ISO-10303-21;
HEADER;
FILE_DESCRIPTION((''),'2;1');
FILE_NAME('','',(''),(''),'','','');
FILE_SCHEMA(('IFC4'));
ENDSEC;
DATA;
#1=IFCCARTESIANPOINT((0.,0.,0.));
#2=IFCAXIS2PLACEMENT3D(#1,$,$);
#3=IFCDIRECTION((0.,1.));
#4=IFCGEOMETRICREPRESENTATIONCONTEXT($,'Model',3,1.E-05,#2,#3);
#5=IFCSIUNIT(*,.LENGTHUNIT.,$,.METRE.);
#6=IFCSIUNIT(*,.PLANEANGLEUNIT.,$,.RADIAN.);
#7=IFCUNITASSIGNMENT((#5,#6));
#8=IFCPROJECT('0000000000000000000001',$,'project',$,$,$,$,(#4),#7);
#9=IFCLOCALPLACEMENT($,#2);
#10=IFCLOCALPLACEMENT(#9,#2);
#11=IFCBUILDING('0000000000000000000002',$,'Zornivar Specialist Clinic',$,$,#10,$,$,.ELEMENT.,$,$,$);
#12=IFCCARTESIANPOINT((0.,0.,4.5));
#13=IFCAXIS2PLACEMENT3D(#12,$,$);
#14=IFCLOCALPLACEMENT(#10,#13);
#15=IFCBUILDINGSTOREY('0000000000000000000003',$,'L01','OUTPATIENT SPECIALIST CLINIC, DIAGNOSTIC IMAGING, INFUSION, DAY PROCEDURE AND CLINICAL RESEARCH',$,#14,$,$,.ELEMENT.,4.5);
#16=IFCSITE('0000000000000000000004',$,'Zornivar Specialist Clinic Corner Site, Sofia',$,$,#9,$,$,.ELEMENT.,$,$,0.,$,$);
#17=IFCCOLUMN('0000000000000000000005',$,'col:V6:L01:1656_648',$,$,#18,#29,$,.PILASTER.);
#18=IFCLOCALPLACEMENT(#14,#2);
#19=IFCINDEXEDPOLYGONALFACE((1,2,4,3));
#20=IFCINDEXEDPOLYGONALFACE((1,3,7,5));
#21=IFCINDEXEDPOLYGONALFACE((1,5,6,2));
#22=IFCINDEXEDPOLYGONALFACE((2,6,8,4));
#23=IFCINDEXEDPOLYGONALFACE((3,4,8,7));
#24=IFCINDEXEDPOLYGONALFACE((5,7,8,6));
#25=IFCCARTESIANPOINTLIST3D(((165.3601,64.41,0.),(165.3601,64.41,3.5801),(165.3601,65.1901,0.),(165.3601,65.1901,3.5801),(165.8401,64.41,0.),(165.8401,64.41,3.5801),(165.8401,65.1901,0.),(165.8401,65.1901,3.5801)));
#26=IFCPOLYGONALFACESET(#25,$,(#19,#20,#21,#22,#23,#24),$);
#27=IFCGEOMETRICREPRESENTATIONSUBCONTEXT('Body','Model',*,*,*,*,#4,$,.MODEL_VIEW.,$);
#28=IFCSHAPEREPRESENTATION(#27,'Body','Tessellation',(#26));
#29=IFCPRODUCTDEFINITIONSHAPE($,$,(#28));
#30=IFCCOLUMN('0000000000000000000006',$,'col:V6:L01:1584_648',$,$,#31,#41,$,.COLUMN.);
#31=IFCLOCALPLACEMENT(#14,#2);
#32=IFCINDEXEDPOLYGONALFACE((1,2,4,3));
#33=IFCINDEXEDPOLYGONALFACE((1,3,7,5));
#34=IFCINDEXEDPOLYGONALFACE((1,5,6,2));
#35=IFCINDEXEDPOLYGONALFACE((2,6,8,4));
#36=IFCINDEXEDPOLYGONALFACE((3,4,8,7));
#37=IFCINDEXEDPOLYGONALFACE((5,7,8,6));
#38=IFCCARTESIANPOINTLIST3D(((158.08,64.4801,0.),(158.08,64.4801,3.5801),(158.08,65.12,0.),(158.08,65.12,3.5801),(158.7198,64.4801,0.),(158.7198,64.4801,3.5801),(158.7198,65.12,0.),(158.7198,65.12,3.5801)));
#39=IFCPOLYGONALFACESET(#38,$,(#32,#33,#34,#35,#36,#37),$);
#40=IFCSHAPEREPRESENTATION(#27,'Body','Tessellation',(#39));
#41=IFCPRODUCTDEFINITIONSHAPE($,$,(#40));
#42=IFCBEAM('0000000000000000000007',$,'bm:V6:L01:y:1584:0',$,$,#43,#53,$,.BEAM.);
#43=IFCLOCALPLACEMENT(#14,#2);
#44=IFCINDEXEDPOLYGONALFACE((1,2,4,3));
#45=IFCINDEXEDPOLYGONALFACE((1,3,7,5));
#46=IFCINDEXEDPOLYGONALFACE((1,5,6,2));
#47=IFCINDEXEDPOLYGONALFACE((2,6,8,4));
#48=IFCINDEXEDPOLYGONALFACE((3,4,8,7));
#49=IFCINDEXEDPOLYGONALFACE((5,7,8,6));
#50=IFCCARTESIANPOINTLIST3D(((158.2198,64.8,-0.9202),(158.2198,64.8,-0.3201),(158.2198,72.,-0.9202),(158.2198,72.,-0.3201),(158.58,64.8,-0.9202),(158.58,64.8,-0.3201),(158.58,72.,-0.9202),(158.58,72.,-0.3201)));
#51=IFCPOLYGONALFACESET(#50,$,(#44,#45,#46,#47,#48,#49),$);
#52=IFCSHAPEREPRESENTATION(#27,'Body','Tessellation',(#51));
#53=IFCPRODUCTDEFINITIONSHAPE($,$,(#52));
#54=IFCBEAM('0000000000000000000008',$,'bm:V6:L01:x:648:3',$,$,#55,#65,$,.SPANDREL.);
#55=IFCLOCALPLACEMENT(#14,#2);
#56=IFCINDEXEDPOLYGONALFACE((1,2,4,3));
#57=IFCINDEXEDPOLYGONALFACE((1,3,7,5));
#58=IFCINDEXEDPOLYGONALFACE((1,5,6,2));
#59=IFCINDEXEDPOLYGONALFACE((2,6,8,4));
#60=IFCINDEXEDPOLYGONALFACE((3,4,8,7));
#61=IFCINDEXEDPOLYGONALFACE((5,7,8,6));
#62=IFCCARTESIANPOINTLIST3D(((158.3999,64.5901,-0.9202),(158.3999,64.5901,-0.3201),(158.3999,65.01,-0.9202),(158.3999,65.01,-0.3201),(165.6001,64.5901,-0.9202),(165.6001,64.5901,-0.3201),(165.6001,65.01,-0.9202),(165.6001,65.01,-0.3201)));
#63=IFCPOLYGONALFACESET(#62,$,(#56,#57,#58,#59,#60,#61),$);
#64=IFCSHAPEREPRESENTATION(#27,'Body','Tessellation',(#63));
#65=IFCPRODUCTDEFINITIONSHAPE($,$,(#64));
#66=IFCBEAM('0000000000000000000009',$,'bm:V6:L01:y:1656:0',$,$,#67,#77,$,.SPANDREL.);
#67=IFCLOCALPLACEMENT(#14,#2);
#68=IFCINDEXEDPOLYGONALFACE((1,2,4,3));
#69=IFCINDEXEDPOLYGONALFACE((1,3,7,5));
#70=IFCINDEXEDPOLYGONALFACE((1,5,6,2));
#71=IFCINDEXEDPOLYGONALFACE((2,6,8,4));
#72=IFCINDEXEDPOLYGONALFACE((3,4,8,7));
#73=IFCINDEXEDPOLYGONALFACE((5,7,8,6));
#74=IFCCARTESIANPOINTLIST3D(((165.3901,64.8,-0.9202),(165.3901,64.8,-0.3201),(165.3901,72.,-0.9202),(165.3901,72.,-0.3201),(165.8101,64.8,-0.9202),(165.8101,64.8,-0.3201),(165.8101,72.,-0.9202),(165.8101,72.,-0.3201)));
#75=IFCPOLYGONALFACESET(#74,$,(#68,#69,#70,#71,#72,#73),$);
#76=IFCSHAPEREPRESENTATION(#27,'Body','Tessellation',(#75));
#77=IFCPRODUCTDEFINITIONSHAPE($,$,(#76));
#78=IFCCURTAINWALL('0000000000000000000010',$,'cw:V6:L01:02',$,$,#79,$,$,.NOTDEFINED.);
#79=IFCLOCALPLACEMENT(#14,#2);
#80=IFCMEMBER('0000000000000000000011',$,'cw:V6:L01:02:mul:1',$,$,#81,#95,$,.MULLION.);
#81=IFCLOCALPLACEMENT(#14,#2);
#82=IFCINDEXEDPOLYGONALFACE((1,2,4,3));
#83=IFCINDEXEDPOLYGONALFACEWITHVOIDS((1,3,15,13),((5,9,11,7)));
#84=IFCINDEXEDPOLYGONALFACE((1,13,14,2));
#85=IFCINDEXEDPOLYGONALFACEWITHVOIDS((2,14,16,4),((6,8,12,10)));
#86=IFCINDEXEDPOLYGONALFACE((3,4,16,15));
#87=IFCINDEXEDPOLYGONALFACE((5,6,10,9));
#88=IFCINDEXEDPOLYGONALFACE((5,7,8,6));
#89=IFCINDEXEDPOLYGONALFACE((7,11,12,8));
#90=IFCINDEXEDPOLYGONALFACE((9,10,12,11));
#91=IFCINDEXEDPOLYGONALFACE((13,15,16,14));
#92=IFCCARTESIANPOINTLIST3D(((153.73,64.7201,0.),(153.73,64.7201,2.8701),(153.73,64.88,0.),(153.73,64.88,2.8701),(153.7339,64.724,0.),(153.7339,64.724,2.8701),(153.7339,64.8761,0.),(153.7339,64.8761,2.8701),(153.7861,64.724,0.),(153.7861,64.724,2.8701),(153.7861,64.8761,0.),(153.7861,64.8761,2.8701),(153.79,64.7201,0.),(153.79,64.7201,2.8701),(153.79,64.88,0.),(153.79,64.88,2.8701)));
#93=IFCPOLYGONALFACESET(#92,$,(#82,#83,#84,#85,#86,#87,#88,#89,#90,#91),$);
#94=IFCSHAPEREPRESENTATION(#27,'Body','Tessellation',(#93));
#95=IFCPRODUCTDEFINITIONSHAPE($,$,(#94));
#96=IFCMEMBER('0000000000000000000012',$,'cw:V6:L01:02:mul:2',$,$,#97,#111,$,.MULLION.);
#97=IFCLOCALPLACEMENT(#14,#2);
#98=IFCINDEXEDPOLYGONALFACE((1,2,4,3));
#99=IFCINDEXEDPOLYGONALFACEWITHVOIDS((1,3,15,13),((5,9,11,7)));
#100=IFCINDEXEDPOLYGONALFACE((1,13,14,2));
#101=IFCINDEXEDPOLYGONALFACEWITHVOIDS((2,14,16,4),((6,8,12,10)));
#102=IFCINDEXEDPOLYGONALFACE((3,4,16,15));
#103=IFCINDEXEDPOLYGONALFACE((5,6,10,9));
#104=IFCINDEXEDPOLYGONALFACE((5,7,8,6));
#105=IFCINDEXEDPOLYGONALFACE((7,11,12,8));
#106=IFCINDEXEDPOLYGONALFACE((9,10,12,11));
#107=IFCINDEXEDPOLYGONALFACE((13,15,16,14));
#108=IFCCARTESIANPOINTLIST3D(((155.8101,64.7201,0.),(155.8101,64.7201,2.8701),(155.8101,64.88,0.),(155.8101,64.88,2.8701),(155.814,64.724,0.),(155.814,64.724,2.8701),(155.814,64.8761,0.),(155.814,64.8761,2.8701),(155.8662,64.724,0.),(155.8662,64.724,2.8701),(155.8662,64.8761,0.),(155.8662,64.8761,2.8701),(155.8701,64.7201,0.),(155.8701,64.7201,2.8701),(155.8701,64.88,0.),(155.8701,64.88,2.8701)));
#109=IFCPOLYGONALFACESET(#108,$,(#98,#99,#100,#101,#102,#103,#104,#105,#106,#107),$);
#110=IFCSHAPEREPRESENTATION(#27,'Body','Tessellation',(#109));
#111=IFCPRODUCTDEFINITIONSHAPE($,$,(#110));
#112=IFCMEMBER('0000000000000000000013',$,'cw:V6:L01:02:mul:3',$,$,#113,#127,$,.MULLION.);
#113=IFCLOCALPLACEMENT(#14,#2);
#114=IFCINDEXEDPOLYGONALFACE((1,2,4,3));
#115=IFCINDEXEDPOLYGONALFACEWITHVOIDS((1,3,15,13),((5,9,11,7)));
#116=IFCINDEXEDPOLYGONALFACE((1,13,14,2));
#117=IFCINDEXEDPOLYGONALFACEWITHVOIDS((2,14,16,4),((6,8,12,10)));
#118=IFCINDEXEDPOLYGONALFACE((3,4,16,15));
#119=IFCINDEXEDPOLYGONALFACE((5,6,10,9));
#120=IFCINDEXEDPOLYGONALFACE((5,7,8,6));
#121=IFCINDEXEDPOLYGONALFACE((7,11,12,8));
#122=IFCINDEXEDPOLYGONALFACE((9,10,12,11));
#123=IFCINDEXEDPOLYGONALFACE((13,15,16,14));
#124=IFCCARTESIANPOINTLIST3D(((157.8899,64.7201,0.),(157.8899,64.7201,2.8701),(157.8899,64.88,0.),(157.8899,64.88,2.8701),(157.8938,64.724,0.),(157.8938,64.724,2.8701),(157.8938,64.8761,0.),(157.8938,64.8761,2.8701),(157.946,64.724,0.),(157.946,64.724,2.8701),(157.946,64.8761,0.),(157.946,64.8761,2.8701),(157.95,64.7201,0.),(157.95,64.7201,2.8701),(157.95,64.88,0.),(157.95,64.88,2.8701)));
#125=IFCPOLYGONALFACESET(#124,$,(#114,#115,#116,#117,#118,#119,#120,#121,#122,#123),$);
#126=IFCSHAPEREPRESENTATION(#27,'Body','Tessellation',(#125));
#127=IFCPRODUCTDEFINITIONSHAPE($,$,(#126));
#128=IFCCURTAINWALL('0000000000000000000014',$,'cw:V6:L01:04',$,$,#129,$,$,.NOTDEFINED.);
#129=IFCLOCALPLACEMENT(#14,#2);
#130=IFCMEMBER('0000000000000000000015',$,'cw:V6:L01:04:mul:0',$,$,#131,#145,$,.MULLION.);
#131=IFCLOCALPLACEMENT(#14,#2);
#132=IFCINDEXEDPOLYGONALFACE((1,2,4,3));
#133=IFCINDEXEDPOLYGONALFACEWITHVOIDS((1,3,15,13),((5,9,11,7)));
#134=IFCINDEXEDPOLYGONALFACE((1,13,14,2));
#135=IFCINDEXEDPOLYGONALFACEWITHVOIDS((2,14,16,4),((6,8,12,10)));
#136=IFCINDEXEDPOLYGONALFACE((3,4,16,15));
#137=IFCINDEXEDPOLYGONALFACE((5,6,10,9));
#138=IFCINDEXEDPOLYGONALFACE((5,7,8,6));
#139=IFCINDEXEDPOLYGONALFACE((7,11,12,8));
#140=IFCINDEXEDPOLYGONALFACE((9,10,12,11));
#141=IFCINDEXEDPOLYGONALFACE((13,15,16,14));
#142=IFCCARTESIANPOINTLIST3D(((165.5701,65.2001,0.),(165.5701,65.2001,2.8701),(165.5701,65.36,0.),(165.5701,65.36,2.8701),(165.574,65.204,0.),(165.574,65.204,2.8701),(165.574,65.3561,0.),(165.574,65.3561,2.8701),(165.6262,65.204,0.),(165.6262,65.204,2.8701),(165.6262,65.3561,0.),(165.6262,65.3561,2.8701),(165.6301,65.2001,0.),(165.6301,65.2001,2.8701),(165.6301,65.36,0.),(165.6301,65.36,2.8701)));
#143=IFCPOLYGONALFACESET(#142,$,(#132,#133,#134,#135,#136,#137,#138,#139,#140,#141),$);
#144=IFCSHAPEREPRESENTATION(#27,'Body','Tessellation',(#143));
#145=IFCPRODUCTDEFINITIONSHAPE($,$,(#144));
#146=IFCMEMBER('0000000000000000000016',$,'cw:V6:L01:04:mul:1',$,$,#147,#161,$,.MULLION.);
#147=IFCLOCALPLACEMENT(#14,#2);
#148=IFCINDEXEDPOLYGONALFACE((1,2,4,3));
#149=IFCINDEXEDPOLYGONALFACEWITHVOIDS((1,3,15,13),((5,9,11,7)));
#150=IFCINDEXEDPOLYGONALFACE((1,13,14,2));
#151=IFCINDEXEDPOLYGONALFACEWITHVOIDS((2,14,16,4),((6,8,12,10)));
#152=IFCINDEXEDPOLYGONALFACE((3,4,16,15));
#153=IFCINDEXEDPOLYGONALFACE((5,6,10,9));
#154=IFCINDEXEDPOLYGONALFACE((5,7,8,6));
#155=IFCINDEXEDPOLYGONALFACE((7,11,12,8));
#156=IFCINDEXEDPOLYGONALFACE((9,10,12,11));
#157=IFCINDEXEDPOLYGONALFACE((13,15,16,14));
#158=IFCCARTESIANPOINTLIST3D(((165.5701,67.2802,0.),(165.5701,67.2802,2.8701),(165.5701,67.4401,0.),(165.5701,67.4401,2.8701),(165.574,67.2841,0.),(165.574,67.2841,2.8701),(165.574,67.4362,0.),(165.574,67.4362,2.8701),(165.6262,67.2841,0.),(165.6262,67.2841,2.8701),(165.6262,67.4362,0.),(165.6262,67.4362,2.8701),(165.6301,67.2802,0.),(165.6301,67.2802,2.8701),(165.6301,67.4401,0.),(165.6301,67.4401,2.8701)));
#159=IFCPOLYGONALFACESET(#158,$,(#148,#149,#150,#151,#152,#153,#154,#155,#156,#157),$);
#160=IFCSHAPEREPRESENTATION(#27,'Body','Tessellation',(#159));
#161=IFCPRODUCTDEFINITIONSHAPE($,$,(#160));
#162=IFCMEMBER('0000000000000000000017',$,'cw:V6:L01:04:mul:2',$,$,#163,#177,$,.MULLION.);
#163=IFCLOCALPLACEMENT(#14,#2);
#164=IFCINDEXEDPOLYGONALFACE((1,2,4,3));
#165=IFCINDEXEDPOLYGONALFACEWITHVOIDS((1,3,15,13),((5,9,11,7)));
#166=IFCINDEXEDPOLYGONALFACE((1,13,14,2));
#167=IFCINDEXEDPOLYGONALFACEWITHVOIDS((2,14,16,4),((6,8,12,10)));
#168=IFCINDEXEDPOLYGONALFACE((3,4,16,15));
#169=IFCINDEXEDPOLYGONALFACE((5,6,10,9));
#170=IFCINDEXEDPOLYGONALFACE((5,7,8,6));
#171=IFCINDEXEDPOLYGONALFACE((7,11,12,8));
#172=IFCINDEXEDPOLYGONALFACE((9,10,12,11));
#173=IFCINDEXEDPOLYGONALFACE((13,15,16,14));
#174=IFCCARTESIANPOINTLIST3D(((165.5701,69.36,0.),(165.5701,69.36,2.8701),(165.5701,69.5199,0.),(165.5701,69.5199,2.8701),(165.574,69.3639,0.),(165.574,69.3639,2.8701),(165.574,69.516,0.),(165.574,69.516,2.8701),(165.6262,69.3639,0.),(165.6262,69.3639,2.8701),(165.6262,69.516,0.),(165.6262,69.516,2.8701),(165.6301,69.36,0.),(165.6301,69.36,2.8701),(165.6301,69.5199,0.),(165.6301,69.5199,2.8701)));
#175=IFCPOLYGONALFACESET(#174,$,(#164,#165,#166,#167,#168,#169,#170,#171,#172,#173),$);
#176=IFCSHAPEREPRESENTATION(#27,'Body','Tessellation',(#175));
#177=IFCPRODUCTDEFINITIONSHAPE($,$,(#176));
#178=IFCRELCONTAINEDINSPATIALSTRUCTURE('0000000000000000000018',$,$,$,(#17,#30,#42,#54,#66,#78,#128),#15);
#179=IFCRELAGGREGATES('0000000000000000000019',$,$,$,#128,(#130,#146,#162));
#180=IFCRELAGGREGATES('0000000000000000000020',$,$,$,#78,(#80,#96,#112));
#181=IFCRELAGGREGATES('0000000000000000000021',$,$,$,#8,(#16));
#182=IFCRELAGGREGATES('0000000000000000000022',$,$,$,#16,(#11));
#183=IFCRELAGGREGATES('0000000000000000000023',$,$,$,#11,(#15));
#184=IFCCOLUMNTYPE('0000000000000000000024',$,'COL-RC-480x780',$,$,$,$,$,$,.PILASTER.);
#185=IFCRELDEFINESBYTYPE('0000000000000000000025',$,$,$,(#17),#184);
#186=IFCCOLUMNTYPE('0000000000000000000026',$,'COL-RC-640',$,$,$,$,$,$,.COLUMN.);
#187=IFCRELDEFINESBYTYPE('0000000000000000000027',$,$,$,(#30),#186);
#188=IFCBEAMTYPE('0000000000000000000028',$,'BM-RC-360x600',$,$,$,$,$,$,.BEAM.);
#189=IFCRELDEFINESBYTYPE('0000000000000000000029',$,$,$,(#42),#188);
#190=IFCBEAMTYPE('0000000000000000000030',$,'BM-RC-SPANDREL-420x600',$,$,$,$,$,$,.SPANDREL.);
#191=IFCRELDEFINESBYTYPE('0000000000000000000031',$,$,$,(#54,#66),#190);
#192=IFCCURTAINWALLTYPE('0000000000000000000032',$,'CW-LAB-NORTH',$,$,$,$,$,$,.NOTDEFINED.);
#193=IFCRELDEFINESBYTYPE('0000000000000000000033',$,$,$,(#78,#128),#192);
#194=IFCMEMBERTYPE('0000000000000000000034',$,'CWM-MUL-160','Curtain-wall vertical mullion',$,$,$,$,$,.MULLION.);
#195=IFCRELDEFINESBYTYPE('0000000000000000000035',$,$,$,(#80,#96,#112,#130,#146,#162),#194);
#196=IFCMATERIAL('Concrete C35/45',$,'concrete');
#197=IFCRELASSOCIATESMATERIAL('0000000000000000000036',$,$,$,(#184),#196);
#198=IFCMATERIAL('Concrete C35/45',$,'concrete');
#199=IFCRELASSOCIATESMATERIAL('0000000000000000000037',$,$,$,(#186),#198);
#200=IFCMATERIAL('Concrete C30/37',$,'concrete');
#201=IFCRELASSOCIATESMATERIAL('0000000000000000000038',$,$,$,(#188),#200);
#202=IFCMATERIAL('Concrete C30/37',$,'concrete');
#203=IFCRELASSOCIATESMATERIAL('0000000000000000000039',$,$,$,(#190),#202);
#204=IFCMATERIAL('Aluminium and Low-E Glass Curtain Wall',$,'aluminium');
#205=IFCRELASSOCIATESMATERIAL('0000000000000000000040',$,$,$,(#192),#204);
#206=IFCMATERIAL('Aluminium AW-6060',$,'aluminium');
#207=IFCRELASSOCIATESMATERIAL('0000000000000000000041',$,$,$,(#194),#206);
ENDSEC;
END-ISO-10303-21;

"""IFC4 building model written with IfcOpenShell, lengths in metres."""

from ifc_helpers import new_model, si_unit, direction, frame, origin, origin_2d, place, context, subcontext, project, spatial, rectangle, hollow_rectangle, extrude, material, material_profile, profile_set, type_object, element, aggregate, save


model = new_model("IFC4")

# Units and contexts
model_context = context("Model", 3, precision=1e-05, world=origin(), true_north=direction((0.0, 1.0)))
body_context = subcontext(model_context, "Body", "Model", "MODEL_VIEW")
ifc_project = project(units=[si_unit("LENGTHUNIT", "METRE"), si_unit("PLANEANGLEUNIT", "RADIAN")], contexts=[model_context])

# Site, building, storey
site_placement = place(None, origin())
site = spatial("IfcSite", under=ifc_project, at=site_placement, Name="Zornivar Specialist Clinic Corner Site, Sofia", CompositionType="ELEMENT", RefElevation=0.0)
building_placement = place(site_placement, origin())
building = spatial("IfcBuilding", under=site, at=building_placement, Name="Zornivar Specialist Clinic", CompositionType="ELEMENT")
storey_placement = place(building_placement, frame((0.0, 0.0, 4.5)))
storey = spatial("IfcBuildingStorey", under=building, at=storey_placement, Name="L01", Description="OUTPATIENT SPECIALIST CLINIC, DIAGNOSTIC IMAGING, INFUSION, DAY PROCEDURE AND CLINICAL RESEARCH", CompositionType="ELEMENT", Elevation=4.5)

# Columns
ifc_material_1 = material(Name="Concrete C35/45", Category="concrete")
ifc_material_profile_1 = material_profile(ifc_material_1, rectangle(XDim=0.48, YDim=0.78, at=origin_2d()), Name="RC 480x780")
ifc_profile_set_1 = profile_set([ifc_material_profile_1], Name="Concrete C35/45")
column_type_1 = type_object("IfcColumnType", Name="COL-RC-480x780", PredefinedType="PILASTER", material=ifc_profile_set_1)
column_1_placement = place(storey_placement, frame((165.6001, 64.8, 0.0), z_axis=(0.0, 0.0, 1.0), x_axis=(1.0, 0.0, 0.0)))
element("IfcColumn", 1, at=column_1_placement, inside=storey, type_object=column_type_1, Name="col:V6:L01:1656_648", PredefinedType="PILASTER", context=body_context, shape_type="SweptSolid", body=[
    extrude(rectangle(XDim=0.48, YDim=0.78, at=origin_2d()), origin(), (0.0, 0.0, 1.0), 3.5801),
])
ifc_material_2 = material(Name="Concrete C35/45", Category="concrete")
ifc_material_profile_2 = material_profile(ifc_material_2, rectangle(XDim=0.6399, YDim=0.6399, at=origin_2d()), Name="RC 640x640")
ifc_profile_set_2 = profile_set([ifc_material_profile_2], Name="Concrete C35/45")
column_type_2 = type_object("IfcColumnType", Name="COL-RC-640", PredefinedType="COLUMN", material=ifc_profile_set_2)
column_2_placement = place(storey_placement, frame((158.3999, 64.8, 0.0), z_axis=(0.0, 0.0, 1.0), x_axis=(1.0, 0.0, 0.0)))
element("IfcColumn", 2, at=column_2_placement, inside=storey, type_object=column_type_2, Name="col:V6:L01:1584_648", PredefinedType="COLUMN", context=body_context, shape_type="SweptSolid", body=[
    extrude(rectangle(XDim=0.6399, YDim=0.6399, at=origin_2d()), origin(), (0.0, 0.0, 1.0), 3.5801),
])

# Beams
ifc_material_3 = material(Name="Concrete C30/37", Category="concrete")
ifc_material_profile_3 = material_profile(ifc_material_3, rectangle(XDim=0.3601, YDim=0.6001, at=origin_2d()), Name="RC 360x600")
ifc_profile_set_3 = profile_set([ifc_material_profile_3], Name="Concrete C30/37")
beam_type_1 = type_object("IfcBeamType", Name="BM-RC-360x600", PredefinedType="BEAM", material=ifc_profile_set_3)
beam_1_placement = place(storey_placement, frame((158.3999, 64.8, -0.6201), z_axis=(0.0, 1.0, 0.0), x_axis=(-1.0, 0.0, 0.0)))
element("IfcBeam", 3, at=beam_1_placement, inside=storey, type_object=beam_type_1, Name="bm:V6:L01:y:1584:0", PredefinedType="BEAM", context=body_context, shape_type="SweptSolid", body=[
    extrude(rectangle(XDim=0.3601, YDim=0.6001, at=origin_2d()), origin(), (0.0, 0.0, 1.0), 7.2),
])
ifc_material_4 = material(Name="Concrete C30/37", Category="concrete")
ifc_material_profile_4 = material_profile(ifc_material_4, rectangle(XDim=0.4199, YDim=0.6001, at=origin_2d()), Name="RC 420x600")
ifc_profile_set_4 = profile_set([ifc_material_profile_4], Name="Concrete C30/37")
beam_type_2 = type_object("IfcBeamType", Name="BM-RC-SPANDREL-420x600", PredefinedType="SPANDREL", material=ifc_profile_set_4)
beam_2_placement = place(storey_placement, frame((158.3999, 64.8, -0.6201), z_axis=(1.0, 0.0, 0.0), x_axis=(0.0, 1.0, 0.0)))
element("IfcBeam", 4, at=beam_2_placement, inside=storey, type_object=beam_type_2, Name="bm:V6:L01:x:648:3", PredefinedType="SPANDREL", context=body_context, shape_type="SweptSolid", body=[
    extrude(rectangle(XDim=0.4199, YDim=0.6001, at=origin_2d()), origin(), (0.0, 0.0, 1.0), 7.2002),
])
beam_3_placement = place(storey_placement, frame((165.6001, 64.8, -0.6201), z_axis=(0.0, 1.0, 0.0), x_axis=(-1.0, 0.0, 0.0)))
element("IfcBeam", 5, at=beam_3_placement, inside=storey, type_object=beam_type_2, Name="bm:V6:L01:y:1656:0", PredefinedType="SPANDREL", context=body_context, shape_type="SweptSolid", body=[
    extrude(rectangle(XDim=0.4199, YDim=0.6001, at=origin_2d()), origin(), (0.0, 0.0, 1.0), 7.2),
])

# Curtain walls, members
ifc_material_5 = material(Name="Aluminium and Low-E Glass Curtain Wall", Category="aluminium")
curtain_wall_type = type_object("IfcCurtainWallType", Name="CW-LAB-NORTH", PredefinedType="NOTDEFINED", material=ifc_material_5)
curtain_wall_1_placement = place(storey_placement, origin())
curtain_wall_1 = element("IfcCurtainWall", 6, at=curtain_wall_1_placement, inside=storey, type_object=curtain_wall_type, Name="cw:V6:L01:02", PredefinedType="NOTDEFINED")
ifc_material_6 = material(Name="Aluminium AW-6060", Category="aluminium")
ifc_material_profile_5 = material_profile(ifc_material_6, hollow_rectangle(XDim=0.0601, YDim=0.1599, WallThickness=0.0039, at=origin_2d()), Name="ALU 60x160x4")
ifc_profile_set_5 = profile_set([ifc_material_profile_5], Name="Aluminium AW-6060")
member_type_1 = type_object("IfcMemberType", Name="CWM-MUL-160", Description="Curtain-wall vertical mullion", PredefinedType="MULLION", material=ifc_profile_set_5)
member_1_placement = place(storey_placement, frame((153.76, 64.8, 0.0), z_axis=(0.0, 0.0, 1.0), x_axis=(1.0, 0.0, 0.0)))
member_1 = element("IfcMember", 7, at=member_1_placement, type_object=member_type_1, Name="cw:V6:L01:02:mul:1", PredefinedType="MULLION", context=body_context, shape_type="SweptSolid", body=[
    extrude(hollow_rectangle(XDim=0.0601, YDim=0.1599, WallThickness=0.0039, at=origin_2d()), origin(), (0.0, 0.0, 1.0), 2.8701),
])
member_2_placement = place(storey_placement, frame((155.8401, 64.8, 0.0), z_axis=(0.0, 0.0, 1.0), x_axis=(1.0, 0.0, 0.0)))
member_2 = element("IfcMember", 8, at=member_2_placement, type_object=member_type_1, Name="cw:V6:L01:02:mul:2", PredefinedType="MULLION", context=body_context, shape_type="SweptSolid", body=[
    extrude(hollow_rectangle(XDim=0.0601, YDim=0.1599, WallThickness=0.0039, at=origin_2d()), origin(), (0.0, 0.0, 1.0), 2.8701),
])
member_3_placement = place(storey_placement, frame((157.9199, 64.8, 0.0), z_axis=(0.0, 0.0, 1.0), x_axis=(1.0, 0.0, 0.0)))
member_3 = element("IfcMember", 9, at=member_3_placement, type_object=member_type_1, Name="cw:V6:L01:02:mul:3", PredefinedType="MULLION", context=body_context, shape_type="SweptSolid", body=[
    extrude(hollow_rectangle(XDim=0.0601, YDim=0.1599, WallThickness=0.0039, at=origin_2d()), origin(), (0.0, 0.0, 1.0), 2.8701),
])
curtain_wall_2_placement = place(storey_placement, origin())
curtain_wall_2 = element("IfcCurtainWall", 10, at=curtain_wall_2_placement, inside=storey, type_object=curtain_wall_type, Name="cw:V6:L01:04", PredefinedType="NOTDEFINED")
member_4_placement = place(storey_placement, frame((165.6001, 65.28, 0.0), z_axis=(0.0, 0.0, 1.0), x_axis=(1.0, 0.0, 0.0)))
member_4 = element("IfcMember", 11, at=member_4_placement, type_object=member_type_1, Name="cw:V6:L01:04:mul:0", PredefinedType="MULLION", context=body_context, shape_type="SweptSolid", body=[
    extrude(hollow_rectangle(XDim=0.0601, YDim=0.1599, WallThickness=0.0039, at=origin_2d()), origin(), (0.0, 0.0, 1.0), 2.8701),
])
member_5_placement = place(storey_placement, frame((165.6001, 67.3601, 0.0), z_axis=(0.0, 0.0, 1.0), x_axis=(1.0, 0.0, 0.0)))
member_5 = element("IfcMember", 12, at=member_5_placement, type_object=member_type_1, Name="cw:V6:L01:04:mul:1", PredefinedType="MULLION", context=body_context, shape_type="SweptSolid", body=[
    extrude(hollow_rectangle(XDim=0.0601, YDim=0.1599, WallThickness=0.0039, at=origin_2d()), origin(), (0.0, 0.0, 1.0), 2.8701),
])
member_6_placement = place(storey_placement, frame((165.6001, 69.4399, 0.0), z_axis=(0.0, 0.0, 1.0), x_axis=(1.0, 0.0, 0.0)))
member_6 = element("IfcMember", 13, at=member_6_placement, type_object=member_type_1, Name="cw:V6:L01:04:mul:2", PredefinedType="MULLION", context=body_context, shape_type="SweptSolid", body=[
    extrude(hollow_rectangle(XDim=0.0601, YDim=0.1599, WallThickness=0.0039, at=origin_2d()), origin(), (0.0, 0.0, 1.0), 2.8701),
])

aggregate(curtain_wall_2, [member_4, member_5, member_6])
aggregate(curtain_wall_1, [member_1, member_2, member_3])

save(model, "model.ifc")
